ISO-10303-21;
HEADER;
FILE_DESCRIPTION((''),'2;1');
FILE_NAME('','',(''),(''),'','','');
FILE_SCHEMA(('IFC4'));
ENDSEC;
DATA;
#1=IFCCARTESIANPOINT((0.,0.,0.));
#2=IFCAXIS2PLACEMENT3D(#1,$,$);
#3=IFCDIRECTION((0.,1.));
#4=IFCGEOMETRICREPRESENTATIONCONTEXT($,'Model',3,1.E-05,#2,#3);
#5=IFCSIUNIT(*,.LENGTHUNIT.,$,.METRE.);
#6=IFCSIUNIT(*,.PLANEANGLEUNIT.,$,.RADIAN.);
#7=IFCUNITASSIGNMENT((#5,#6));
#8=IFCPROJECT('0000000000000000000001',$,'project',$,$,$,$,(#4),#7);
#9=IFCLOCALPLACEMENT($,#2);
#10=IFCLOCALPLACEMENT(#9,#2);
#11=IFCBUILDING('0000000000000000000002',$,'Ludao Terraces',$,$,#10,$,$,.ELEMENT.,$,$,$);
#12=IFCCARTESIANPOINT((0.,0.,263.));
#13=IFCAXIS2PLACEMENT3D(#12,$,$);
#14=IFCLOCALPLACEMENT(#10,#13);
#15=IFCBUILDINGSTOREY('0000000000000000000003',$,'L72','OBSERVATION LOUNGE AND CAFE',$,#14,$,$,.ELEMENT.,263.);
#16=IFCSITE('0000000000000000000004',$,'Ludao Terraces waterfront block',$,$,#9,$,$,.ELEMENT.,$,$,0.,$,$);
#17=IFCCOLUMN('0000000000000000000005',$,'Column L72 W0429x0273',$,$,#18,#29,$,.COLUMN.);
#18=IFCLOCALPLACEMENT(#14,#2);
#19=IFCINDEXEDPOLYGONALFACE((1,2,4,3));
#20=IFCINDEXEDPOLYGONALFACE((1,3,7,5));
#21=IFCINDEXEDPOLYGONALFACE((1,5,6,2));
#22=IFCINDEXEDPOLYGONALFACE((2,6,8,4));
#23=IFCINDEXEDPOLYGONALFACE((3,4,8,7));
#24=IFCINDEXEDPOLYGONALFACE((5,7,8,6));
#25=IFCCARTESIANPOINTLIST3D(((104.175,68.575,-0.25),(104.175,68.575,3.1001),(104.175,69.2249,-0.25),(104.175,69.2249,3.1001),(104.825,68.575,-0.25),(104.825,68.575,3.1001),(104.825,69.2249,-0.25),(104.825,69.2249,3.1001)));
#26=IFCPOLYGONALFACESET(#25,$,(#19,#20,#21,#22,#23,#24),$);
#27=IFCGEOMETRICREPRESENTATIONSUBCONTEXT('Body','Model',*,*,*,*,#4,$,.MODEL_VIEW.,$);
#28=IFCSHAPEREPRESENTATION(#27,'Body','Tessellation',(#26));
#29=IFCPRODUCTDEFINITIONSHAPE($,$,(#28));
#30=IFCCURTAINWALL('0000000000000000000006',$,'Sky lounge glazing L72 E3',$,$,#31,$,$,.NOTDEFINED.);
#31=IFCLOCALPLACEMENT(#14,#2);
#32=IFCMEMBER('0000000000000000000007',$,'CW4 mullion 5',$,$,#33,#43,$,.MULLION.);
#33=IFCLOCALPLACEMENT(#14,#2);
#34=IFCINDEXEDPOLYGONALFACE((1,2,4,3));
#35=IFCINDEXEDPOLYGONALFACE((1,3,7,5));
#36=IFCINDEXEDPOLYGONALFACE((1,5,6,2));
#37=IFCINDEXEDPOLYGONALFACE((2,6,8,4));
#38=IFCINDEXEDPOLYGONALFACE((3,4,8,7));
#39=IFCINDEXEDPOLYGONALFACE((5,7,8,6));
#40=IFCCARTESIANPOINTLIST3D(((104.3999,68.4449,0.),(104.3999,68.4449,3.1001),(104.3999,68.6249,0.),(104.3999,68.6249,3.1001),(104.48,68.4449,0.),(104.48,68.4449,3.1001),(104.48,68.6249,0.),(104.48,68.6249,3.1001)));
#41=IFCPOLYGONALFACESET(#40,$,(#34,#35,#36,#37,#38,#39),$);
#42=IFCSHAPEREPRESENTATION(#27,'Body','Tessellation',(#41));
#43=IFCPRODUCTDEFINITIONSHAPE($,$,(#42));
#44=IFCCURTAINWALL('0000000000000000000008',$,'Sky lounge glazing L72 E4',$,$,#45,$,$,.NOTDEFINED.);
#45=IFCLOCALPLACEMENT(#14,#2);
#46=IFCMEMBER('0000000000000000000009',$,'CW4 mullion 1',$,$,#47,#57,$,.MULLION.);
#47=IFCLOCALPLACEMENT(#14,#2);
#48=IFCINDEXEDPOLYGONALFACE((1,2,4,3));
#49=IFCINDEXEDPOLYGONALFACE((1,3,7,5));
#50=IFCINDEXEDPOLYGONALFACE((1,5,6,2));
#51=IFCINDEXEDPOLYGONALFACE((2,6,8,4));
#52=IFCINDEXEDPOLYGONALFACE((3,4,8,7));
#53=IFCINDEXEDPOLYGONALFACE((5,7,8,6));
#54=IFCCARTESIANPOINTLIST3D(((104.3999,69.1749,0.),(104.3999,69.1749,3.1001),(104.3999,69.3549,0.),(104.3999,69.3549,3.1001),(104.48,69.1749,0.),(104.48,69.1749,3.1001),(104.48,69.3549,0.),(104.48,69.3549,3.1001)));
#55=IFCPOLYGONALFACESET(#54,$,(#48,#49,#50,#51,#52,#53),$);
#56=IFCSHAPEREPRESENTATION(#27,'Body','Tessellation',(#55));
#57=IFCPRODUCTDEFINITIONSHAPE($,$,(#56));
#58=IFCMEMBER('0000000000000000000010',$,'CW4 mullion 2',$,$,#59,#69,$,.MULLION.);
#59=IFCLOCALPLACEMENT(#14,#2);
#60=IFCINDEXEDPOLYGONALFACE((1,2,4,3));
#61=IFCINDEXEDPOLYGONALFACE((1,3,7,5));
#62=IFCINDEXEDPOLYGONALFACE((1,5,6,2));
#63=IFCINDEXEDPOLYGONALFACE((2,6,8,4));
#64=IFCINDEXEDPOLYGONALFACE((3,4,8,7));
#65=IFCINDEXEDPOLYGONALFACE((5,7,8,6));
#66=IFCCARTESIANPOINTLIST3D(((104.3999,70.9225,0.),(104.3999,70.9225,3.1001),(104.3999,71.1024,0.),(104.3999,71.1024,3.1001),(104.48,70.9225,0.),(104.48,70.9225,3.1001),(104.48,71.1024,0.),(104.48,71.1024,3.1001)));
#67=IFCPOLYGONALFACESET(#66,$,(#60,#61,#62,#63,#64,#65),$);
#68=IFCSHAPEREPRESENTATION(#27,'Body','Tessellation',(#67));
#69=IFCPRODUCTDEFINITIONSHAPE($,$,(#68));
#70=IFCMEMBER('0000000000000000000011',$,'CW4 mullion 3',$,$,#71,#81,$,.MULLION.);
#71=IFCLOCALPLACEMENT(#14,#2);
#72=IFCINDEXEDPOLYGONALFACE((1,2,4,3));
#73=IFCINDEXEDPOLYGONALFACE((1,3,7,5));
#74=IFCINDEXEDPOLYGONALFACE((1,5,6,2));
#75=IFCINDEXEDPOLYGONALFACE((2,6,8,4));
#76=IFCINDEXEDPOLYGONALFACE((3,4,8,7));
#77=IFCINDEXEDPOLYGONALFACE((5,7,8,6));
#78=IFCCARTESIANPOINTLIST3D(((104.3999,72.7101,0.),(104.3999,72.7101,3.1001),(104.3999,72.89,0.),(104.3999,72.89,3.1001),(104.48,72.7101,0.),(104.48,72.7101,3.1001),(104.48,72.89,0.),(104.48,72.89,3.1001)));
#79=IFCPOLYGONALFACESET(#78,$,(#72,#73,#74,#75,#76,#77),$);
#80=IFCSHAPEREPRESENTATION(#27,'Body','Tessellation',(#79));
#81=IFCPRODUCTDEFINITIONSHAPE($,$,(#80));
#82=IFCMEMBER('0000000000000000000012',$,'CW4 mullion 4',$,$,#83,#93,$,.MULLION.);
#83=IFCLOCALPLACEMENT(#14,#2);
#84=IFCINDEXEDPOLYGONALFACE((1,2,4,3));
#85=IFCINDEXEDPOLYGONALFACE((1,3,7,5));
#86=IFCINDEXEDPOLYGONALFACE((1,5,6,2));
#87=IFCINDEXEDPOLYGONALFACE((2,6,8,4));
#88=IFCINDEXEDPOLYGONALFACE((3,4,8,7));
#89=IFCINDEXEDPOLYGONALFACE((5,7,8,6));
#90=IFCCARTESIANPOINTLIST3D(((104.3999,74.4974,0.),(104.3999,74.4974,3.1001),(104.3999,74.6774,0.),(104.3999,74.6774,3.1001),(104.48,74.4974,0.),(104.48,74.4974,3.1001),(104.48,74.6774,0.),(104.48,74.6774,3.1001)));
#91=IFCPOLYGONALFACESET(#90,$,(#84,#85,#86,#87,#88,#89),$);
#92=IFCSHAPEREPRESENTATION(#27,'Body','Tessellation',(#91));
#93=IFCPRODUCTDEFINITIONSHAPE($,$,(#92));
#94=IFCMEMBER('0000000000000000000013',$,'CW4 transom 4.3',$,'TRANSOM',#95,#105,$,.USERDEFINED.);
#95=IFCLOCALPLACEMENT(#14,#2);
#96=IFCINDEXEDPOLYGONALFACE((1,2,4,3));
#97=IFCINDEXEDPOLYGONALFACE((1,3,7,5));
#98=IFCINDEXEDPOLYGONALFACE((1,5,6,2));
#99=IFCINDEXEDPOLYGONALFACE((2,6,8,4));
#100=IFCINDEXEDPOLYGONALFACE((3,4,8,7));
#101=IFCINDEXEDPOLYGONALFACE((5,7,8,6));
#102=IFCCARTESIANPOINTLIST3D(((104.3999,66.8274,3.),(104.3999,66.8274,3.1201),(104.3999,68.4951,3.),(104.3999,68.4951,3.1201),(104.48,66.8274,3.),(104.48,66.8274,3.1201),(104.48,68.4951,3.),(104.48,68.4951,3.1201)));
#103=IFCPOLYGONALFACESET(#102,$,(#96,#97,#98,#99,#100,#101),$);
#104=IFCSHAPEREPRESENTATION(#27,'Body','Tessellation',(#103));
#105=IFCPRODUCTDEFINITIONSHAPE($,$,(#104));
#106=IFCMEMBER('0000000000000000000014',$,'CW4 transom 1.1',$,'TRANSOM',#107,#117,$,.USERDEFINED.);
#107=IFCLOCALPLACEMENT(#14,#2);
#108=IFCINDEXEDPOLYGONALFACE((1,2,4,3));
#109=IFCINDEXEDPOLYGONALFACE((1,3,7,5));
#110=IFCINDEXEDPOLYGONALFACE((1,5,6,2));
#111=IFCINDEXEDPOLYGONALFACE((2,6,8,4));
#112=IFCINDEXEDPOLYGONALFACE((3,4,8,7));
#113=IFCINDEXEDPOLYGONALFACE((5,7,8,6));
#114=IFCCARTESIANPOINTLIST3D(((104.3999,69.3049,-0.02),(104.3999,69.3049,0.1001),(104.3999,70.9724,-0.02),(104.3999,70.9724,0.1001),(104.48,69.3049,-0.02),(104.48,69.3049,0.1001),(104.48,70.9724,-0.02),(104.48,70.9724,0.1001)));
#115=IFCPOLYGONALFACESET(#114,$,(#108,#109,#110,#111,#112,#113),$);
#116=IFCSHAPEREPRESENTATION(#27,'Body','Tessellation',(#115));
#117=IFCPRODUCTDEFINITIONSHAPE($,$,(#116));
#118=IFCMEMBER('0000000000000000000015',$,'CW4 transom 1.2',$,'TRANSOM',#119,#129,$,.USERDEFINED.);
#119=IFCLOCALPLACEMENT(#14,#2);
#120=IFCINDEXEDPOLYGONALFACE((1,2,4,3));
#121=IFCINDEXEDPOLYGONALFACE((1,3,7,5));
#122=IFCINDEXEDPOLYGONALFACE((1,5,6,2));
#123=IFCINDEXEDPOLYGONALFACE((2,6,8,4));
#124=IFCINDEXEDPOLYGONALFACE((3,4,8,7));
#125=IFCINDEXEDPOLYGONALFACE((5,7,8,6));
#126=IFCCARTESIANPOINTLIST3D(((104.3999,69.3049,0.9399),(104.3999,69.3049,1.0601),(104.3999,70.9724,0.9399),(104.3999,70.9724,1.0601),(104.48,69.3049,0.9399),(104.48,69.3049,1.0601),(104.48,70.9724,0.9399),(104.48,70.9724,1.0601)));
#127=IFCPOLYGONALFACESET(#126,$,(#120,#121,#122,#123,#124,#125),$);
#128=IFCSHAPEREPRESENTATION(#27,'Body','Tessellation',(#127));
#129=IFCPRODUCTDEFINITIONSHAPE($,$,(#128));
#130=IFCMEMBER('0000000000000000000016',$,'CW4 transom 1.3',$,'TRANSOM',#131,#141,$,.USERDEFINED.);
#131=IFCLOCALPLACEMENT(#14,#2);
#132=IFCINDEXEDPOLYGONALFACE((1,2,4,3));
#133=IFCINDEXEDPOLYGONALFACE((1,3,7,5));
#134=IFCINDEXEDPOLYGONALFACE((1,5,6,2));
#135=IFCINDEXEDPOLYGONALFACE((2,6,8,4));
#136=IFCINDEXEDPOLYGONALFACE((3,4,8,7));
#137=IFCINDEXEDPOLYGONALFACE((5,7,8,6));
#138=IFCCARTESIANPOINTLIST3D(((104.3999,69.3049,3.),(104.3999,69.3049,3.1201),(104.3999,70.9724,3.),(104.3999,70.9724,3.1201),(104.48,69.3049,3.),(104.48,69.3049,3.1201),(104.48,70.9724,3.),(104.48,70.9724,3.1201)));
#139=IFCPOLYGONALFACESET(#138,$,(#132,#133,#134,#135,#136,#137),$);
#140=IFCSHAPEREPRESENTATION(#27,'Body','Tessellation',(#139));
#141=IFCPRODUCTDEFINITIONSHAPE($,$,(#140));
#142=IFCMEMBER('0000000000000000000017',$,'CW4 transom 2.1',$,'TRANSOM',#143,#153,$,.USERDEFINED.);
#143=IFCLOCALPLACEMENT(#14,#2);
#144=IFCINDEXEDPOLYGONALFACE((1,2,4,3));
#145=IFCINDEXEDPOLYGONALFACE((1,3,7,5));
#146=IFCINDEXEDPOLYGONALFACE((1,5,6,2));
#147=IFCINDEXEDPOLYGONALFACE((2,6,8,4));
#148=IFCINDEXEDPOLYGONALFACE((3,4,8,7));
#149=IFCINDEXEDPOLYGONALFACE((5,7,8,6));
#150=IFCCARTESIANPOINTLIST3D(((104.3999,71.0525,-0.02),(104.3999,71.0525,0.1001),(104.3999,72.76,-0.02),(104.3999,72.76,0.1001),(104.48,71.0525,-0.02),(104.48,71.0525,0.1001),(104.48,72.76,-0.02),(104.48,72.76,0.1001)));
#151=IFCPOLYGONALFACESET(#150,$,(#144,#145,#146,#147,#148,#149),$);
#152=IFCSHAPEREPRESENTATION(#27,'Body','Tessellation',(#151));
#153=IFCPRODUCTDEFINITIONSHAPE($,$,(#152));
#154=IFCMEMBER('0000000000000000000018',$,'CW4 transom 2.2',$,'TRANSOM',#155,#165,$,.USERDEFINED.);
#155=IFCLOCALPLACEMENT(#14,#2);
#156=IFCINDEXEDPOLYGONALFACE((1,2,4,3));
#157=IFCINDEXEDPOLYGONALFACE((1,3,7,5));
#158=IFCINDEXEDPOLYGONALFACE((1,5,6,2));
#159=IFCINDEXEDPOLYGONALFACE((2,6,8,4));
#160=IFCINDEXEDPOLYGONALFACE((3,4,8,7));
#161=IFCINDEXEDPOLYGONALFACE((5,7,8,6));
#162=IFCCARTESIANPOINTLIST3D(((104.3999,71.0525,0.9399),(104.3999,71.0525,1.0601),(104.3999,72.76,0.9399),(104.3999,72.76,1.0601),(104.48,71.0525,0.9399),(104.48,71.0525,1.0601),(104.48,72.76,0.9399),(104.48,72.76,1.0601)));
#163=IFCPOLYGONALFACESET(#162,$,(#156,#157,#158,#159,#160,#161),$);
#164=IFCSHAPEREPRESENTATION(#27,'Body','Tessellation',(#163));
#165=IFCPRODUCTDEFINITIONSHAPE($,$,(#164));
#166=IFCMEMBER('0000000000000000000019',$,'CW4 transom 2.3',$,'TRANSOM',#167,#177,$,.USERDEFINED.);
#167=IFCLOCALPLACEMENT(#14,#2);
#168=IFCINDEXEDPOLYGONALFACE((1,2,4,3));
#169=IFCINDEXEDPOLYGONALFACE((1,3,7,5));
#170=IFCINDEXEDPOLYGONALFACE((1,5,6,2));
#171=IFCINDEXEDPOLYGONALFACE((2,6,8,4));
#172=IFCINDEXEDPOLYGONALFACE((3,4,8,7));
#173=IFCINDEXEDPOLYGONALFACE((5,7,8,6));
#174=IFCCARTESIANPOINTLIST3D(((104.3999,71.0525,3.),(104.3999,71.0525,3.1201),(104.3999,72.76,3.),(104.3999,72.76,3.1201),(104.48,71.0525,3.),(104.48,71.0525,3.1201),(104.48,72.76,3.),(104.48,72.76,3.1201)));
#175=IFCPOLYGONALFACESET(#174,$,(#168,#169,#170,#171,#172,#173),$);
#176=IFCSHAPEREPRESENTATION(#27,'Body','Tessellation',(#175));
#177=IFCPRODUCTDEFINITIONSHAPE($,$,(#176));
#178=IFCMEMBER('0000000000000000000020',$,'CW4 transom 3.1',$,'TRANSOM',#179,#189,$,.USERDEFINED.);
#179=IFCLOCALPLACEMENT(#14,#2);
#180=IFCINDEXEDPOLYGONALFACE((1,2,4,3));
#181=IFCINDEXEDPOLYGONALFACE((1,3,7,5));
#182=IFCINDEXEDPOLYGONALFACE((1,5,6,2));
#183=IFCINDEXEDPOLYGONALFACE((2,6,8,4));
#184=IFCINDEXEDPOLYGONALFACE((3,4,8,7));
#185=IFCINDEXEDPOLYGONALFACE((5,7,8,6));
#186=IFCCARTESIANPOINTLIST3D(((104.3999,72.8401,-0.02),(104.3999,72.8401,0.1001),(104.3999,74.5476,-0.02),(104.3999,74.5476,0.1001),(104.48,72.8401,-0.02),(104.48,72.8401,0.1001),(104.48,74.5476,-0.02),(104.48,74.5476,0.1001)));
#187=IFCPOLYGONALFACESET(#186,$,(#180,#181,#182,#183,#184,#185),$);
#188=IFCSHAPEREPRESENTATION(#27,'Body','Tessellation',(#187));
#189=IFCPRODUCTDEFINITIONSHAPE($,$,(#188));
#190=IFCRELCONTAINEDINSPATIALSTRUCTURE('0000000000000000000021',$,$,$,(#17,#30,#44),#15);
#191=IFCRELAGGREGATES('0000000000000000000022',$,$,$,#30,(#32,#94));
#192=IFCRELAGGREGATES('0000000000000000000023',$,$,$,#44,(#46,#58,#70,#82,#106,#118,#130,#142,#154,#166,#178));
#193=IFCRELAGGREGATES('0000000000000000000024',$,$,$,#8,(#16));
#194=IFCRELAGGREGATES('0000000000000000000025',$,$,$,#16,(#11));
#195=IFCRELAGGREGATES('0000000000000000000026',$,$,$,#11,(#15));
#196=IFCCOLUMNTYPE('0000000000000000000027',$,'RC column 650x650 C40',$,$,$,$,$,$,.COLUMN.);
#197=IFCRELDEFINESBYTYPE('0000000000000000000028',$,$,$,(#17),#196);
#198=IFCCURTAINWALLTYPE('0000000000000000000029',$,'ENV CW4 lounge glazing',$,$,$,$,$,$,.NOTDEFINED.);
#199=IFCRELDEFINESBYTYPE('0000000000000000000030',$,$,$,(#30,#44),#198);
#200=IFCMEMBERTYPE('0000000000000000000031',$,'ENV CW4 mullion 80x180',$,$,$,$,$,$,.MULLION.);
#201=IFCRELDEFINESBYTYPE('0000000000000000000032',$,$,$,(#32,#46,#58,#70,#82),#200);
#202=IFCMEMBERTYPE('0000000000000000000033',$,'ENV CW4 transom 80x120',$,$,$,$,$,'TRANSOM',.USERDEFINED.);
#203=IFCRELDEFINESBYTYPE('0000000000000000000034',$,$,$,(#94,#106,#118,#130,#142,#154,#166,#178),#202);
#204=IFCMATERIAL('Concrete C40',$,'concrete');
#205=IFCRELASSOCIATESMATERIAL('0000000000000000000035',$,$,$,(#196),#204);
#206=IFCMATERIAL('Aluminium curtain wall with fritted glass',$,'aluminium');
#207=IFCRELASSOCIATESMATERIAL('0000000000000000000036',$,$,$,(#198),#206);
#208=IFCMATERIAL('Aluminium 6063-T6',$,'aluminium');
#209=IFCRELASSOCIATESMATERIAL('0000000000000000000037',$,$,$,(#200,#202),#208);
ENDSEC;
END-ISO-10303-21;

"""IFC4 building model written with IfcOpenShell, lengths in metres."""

from ifc_helpers import new_model, si_unit, direction, frame, origin, origin_2d, place, context, subcontext, project, spatial, rectangle, extrude, material, material_profile, profile_set, type_object, element, aggregate, save


model = new_model("IFC4")

# Units and contexts
model_context = context("Model", 3, precision=1e-05, world=origin(), true_north=direction((0.0, 1.0)))
body_context = subcontext(model_context, "Body", "Model", "MODEL_VIEW")
ifc_project = project(units=[si_unit("LENGTHUNIT", "METRE"), si_unit("PLANEANGLEUNIT", "RADIAN")], contexts=[model_context])

# Site, building, storey
site_placement = place(None, origin())
site = spatial("IfcSite", under=ifc_project, at=site_placement, Name="Ludao Terraces waterfront block", CompositionType="ELEMENT", RefElevation=0.0)
building_placement = place(site_placement, origin())
building = spatial("IfcBuilding", under=site, at=building_placement, Name="Ludao Terraces", CompositionType="ELEMENT")
storey_placement = place(building_placement, frame((0.0, 0.0, 263.0)))
storey = spatial("IfcBuildingStorey", under=building, at=storey_placement, Name="L72", Description="OBSERVATION LOUNGE AND CAFE", CompositionType="ELEMENT", Elevation=263.0)

# Column
ifc_material_1 = material(Name="Concrete C40", Category="concrete")
ifc_material_profile_1 = material_profile(ifc_material_1, rectangle(XDim=0.6499, YDim=0.6499, at=origin_2d()), Name="650 X 650")
ifc_profile_set_1 = profile_set([ifc_material_profile_1], Name="Concrete C40")
column_type = type_object("IfcColumnType", Name="RC column 650x650 C40", PredefinedType="COLUMN", material=ifc_profile_set_1)
column_placement = place(storey_placement, frame((104.5, 68.8999, -0.25), z_axis=(0.0, 0.0, 1.0), x_axis=(1.0, 0.0, 0.0)))
element("IfcColumn", 1, at=column_placement, inside=storey, type_object=column_type, Name="Column L72 W0429x0273", PredefinedType="COLUMN", context=body_context, shape_type="SweptSolid", body=[
    extrude(rectangle(XDim=0.6499, YDim=0.6499, at=origin_2d()), origin(), (0.0, 0.0, 1.0), 3.3501),
])

# Curtain wall, member
ifc_material_2 = material(Name="Aluminium curtain wall with fritted glass", Category="aluminium")
curtain_wall_type = type_object("IfcCurtainWallType", Name="ENV CW4 lounge glazing", PredefinedType="NOTDEFINED", material=ifc_material_2)
curtain_wall_1_placement = place(storey_placement, origin())
curtain_wall_1 = element("IfcCurtainWall", 2, at=curtain_wall_1_placement, inside=storey, type_object=curtain_wall_type, Name="Sky lounge glazing L72 E3", PredefinedType="NOTDEFINED")
ifc_material_3 = material(Name="Aluminium 6063-T6", Category="aluminium")
ifc_material_profile_2 = material_profile(ifc_material_3, rectangle(XDim=0.0801, YDim=0.1799, at=origin_2d()), Name="80 X 180")
ifc_profile_set_2 = profile_set([ifc_material_profile_2], Name="Aluminium 6063-T6")
member_type_1 = type_object("IfcMemberType", Name="ENV CW4 mullion 80x180", PredefinedType="MULLION", material=ifc_profile_set_2)
member_1_placement = place(storey_placement, frame((104.4399, 68.5349, 0.0), z_axis=(0.0, 0.0, 1.0), x_axis=(-1.0, 0.0, 0.0)))
member_1 = element("IfcMember", 3, at=member_1_placement, type_object=member_type_1, Name="CW4 mullion 5", PredefinedType="MULLION", context=body_context, shape_type="SweptSolid", body=[
    extrude(rectangle(XDim=0.0801, YDim=0.1799, at=origin_2d()), origin(), (0.0, 0.0, 1.0), 3.1001),
])

# Curtain wall, members
curtain_wall_2_placement = place(storey_placement, origin())
curtain_wall_2 = element("IfcCurtainWall", 4, at=curtain_wall_2_placement, inside=storey, type_object=curtain_wall_type, Name="Sky lounge glazing L72 E4", PredefinedType="NOTDEFINED")
member_2_placement = place(storey_placement, frame((104.4399, 69.2649, 0.0), z_axis=(0.0, 0.0, 1.0), x_axis=(-1.0, 0.0, 0.0)))
member_2 = element("IfcMember", 5, at=member_2_placement, type_object=member_type_1, Name="CW4 mullion 1", PredefinedType="MULLION", context=body_context, shape_type="SweptSolid", body=[
    extrude(rectangle(XDim=0.0801, YDim=0.1799, at=origin_2d()), origin(), (0.0, 0.0, 1.0), 3.1001),
])
member_3_placement = place(storey_placement, frame((104.4399, 71.0125, 0.0), z_axis=(0.0, 0.0, 1.0), x_axis=(-1.0, 0.0, 0.0)))
member_3 = element("IfcMember", 6, at=member_3_placement, type_object=member_type_1, Name="CW4 mullion 2", PredefinedType="MULLION", context=body_context, shape_type="SweptSolid", body=[
    extrude(rectangle(XDim=0.0801, YDim=0.1799, at=origin_2d()), origin(), (0.0, 0.0, 1.0), 3.1001),
])
member_4_placement = place(storey_placement, frame((104.4399, 72.8, 0.0), z_axis=(0.0, 0.0, 1.0), x_axis=(-1.0, 0.0, 0.0)))
member_4 = element("IfcMember", 7, at=member_4_placement, type_object=member_type_1, Name="CW4 mullion 3", PredefinedType="MULLION", context=body_context, shape_type="SweptSolid", body=[
    extrude(rectangle(XDim=0.0801, YDim=0.1799, at=origin_2d()), origin(), (0.0, 0.0, 1.0), 3.1001),
])
member_5_placement = place(storey_placement, frame((104.4399, 74.5874, 0.0), z_axis=(0.0, 0.0, 1.0), x_axis=(-1.0, 0.0, 0.0)))
member_5 = element("IfcMember", 8, at=member_5_placement, type_object=member_type_1, Name="CW4 mullion 4", PredefinedType="MULLION", context=body_context, shape_type="SweptSolid", body=[
    extrude(rectangle(XDim=0.0801, YDim=0.1799, at=origin_2d()), origin(), (0.0, 0.0, 1.0), 3.1001),
])

# Members
ifc_material_profile_3 = material_profile(ifc_material_3, rectangle(XDim=0.0801, YDim=0.1201, at=origin_2d()), Name="80 X 120")
ifc_profile_set_3 = profile_set([ifc_material_profile_3], Name="Aluminium 6063-T6")
member_type_2 = type_object("IfcMemberType", Name="ENV CW4 transom 80x120", ElementType="TRANSOM", PredefinedType="USERDEFINED", material=ifc_profile_set_3)
member_6_placement = place(storey_placement, frame((104.4399, 66.8274, 3.0601), z_axis=(0.0, 1.0, 0.0), x_axis=(-1.0, 0.0, 0.0)))
member_6 = element("IfcMember", 9, at=member_6_placement, type_object=member_type_2, Name="CW4 transom 4.3", ObjectType="TRANSOM", PredefinedType="USERDEFINED", context=body_context, shape_type="SweptSolid", body=[
    extrude(rectangle(XDim=0.0801, YDim=0.1201, at=origin_2d()), origin(), (0.0, 0.0, 1.0), 1.6677),
])
member_7_placement = place(storey_placement, frame((104.4399, 69.3049, 0.04), z_axis=(0.0, 1.0, 0.0), x_axis=(-1.0, 0.0, 0.0)))
member_7 = element("IfcMember", 10, at=member_7_placement, type_object=member_type_2, Name="CW4 transom 1.1", ObjectType="TRANSOM", PredefinedType="USERDEFINED", context=body_context, shape_type="SweptSolid", body=[
    extrude(rectangle(XDim=0.0801, YDim=0.1201, at=origin_2d()), origin(), (0.0, 0.0, 1.0), 1.6675),
])
member_8_placement = place(storey_placement, frame((104.4399, 69.3049, 1.0), z_axis=(0.0, 1.0, 0.0), x_axis=(-1.0, 0.0, 0.0)))
member_8 = element("IfcMember", 11, at=member_8_placement, type_object=member_type_2, Name="CW4 transom 1.2", ObjectType="TRANSOM", PredefinedType="USERDEFINED", context=body_context, shape_type="SweptSolid", body=[
    extrude(rectangle(XDim=0.0801, YDim=0.1201, at=origin_2d()), origin(), (0.0, 0.0, 1.0), 1.6675),
])
member_9_placement = place(storey_placement, frame((104.4399, 69.3049, 3.0601), z_axis=(0.0, 1.0, 0.0), x_axis=(-1.0, 0.0, 0.0)))
member_9 = element("IfcMember", 12, at=member_9_placement, type_object=member_type_2, Name="CW4 transom 1.3", ObjectType="TRANSOM", PredefinedType="USERDEFINED", context=body_context, shape_type="SweptSolid", body=[
    extrude(rectangle(XDim=0.0801, YDim=0.1201, at=origin_2d()), origin(), (0.0, 0.0, 1.0), 1.6675),
])
member_10_placement = place(storey_placement, frame((104.4399, 71.0525, 0.04), z_axis=(0.0, 1.0, 0.0), x_axis=(-1.0, 0.0, 0.0)))
member_10 = element("IfcMember", 13, at=member_10_placement, type_object=member_type_2, Name="CW4 transom 2.1", ObjectType="TRANSOM", PredefinedType="USERDEFINED", context=body_context, shape_type="SweptSolid", body=[
    extrude(rectangle(XDim=0.0801, YDim=0.1201, at=origin_2d()), origin(), (0.0, 0.0, 1.0), 1.7075),
])
member_11_placement = place(storey_placement, frame((104.4399, 71.0525, 1.0), z_axis=(0.0, 1.0, 0.0), x_axis=(-1.0, 0.0, 0.0)))
member_11 = element("IfcMember", 14, at=member_11_placement, type_object=member_type_2, Name="CW4 transom 2.2", ObjectType="TRANSOM", PredefinedType="USERDEFINED", context=body_context, shape_type="SweptSolid", body=[
    extrude(rectangle(XDim=0.0801, YDim=0.1201, at=origin_2d()), origin(), (0.0, 0.0, 1.0), 1.7075),
])
member_12_placement = place(storey_placement, frame((104.4399, 71.0525, 3.0601), z_axis=(0.0, 1.0, 0.0), x_axis=(-1.0, 0.0, 0.0)))
member_12 = element("IfcMember", 15, at=member_12_placement, type_object=member_type_2, Name="CW4 transom 2.3", ObjectType="TRANSOM", PredefinedType="USERDEFINED", context=body_context, shape_type="SweptSolid", body=[
    extrude(rectangle(XDim=0.0801, YDim=0.1201, at=origin_2d()), origin(), (0.0, 0.0, 1.0), 1.7075),
])
member_13_placement = place(storey_placement, frame((104.4399, 72.8401, 0.04), z_axis=(0.0, 1.0, 0.0), x_axis=(-1.0, 0.0, 0.0)))
member_13 = element("IfcMember", 16, at=member_13_placement, type_object=member_type_2, Name="CW4 transom 3.1", ObjectType="TRANSOM", PredefinedType="USERDEFINED", context=body_context, shape_type="SweptSolid", body=[
    extrude(rectangle(XDim=0.0801, YDim=0.1201, at=origin_2d()), origin(), (0.0, 0.0, 1.0), 1.7075),
])

aggregate(curtain_wall_1, [member_1, member_6])
aggregate(curtain_wall_2, [member_2, member_3, member_4, member_5, member_7, member_8, member_9, member_10, member_11, member_12, member_13])

save(model, "model.ifc")
